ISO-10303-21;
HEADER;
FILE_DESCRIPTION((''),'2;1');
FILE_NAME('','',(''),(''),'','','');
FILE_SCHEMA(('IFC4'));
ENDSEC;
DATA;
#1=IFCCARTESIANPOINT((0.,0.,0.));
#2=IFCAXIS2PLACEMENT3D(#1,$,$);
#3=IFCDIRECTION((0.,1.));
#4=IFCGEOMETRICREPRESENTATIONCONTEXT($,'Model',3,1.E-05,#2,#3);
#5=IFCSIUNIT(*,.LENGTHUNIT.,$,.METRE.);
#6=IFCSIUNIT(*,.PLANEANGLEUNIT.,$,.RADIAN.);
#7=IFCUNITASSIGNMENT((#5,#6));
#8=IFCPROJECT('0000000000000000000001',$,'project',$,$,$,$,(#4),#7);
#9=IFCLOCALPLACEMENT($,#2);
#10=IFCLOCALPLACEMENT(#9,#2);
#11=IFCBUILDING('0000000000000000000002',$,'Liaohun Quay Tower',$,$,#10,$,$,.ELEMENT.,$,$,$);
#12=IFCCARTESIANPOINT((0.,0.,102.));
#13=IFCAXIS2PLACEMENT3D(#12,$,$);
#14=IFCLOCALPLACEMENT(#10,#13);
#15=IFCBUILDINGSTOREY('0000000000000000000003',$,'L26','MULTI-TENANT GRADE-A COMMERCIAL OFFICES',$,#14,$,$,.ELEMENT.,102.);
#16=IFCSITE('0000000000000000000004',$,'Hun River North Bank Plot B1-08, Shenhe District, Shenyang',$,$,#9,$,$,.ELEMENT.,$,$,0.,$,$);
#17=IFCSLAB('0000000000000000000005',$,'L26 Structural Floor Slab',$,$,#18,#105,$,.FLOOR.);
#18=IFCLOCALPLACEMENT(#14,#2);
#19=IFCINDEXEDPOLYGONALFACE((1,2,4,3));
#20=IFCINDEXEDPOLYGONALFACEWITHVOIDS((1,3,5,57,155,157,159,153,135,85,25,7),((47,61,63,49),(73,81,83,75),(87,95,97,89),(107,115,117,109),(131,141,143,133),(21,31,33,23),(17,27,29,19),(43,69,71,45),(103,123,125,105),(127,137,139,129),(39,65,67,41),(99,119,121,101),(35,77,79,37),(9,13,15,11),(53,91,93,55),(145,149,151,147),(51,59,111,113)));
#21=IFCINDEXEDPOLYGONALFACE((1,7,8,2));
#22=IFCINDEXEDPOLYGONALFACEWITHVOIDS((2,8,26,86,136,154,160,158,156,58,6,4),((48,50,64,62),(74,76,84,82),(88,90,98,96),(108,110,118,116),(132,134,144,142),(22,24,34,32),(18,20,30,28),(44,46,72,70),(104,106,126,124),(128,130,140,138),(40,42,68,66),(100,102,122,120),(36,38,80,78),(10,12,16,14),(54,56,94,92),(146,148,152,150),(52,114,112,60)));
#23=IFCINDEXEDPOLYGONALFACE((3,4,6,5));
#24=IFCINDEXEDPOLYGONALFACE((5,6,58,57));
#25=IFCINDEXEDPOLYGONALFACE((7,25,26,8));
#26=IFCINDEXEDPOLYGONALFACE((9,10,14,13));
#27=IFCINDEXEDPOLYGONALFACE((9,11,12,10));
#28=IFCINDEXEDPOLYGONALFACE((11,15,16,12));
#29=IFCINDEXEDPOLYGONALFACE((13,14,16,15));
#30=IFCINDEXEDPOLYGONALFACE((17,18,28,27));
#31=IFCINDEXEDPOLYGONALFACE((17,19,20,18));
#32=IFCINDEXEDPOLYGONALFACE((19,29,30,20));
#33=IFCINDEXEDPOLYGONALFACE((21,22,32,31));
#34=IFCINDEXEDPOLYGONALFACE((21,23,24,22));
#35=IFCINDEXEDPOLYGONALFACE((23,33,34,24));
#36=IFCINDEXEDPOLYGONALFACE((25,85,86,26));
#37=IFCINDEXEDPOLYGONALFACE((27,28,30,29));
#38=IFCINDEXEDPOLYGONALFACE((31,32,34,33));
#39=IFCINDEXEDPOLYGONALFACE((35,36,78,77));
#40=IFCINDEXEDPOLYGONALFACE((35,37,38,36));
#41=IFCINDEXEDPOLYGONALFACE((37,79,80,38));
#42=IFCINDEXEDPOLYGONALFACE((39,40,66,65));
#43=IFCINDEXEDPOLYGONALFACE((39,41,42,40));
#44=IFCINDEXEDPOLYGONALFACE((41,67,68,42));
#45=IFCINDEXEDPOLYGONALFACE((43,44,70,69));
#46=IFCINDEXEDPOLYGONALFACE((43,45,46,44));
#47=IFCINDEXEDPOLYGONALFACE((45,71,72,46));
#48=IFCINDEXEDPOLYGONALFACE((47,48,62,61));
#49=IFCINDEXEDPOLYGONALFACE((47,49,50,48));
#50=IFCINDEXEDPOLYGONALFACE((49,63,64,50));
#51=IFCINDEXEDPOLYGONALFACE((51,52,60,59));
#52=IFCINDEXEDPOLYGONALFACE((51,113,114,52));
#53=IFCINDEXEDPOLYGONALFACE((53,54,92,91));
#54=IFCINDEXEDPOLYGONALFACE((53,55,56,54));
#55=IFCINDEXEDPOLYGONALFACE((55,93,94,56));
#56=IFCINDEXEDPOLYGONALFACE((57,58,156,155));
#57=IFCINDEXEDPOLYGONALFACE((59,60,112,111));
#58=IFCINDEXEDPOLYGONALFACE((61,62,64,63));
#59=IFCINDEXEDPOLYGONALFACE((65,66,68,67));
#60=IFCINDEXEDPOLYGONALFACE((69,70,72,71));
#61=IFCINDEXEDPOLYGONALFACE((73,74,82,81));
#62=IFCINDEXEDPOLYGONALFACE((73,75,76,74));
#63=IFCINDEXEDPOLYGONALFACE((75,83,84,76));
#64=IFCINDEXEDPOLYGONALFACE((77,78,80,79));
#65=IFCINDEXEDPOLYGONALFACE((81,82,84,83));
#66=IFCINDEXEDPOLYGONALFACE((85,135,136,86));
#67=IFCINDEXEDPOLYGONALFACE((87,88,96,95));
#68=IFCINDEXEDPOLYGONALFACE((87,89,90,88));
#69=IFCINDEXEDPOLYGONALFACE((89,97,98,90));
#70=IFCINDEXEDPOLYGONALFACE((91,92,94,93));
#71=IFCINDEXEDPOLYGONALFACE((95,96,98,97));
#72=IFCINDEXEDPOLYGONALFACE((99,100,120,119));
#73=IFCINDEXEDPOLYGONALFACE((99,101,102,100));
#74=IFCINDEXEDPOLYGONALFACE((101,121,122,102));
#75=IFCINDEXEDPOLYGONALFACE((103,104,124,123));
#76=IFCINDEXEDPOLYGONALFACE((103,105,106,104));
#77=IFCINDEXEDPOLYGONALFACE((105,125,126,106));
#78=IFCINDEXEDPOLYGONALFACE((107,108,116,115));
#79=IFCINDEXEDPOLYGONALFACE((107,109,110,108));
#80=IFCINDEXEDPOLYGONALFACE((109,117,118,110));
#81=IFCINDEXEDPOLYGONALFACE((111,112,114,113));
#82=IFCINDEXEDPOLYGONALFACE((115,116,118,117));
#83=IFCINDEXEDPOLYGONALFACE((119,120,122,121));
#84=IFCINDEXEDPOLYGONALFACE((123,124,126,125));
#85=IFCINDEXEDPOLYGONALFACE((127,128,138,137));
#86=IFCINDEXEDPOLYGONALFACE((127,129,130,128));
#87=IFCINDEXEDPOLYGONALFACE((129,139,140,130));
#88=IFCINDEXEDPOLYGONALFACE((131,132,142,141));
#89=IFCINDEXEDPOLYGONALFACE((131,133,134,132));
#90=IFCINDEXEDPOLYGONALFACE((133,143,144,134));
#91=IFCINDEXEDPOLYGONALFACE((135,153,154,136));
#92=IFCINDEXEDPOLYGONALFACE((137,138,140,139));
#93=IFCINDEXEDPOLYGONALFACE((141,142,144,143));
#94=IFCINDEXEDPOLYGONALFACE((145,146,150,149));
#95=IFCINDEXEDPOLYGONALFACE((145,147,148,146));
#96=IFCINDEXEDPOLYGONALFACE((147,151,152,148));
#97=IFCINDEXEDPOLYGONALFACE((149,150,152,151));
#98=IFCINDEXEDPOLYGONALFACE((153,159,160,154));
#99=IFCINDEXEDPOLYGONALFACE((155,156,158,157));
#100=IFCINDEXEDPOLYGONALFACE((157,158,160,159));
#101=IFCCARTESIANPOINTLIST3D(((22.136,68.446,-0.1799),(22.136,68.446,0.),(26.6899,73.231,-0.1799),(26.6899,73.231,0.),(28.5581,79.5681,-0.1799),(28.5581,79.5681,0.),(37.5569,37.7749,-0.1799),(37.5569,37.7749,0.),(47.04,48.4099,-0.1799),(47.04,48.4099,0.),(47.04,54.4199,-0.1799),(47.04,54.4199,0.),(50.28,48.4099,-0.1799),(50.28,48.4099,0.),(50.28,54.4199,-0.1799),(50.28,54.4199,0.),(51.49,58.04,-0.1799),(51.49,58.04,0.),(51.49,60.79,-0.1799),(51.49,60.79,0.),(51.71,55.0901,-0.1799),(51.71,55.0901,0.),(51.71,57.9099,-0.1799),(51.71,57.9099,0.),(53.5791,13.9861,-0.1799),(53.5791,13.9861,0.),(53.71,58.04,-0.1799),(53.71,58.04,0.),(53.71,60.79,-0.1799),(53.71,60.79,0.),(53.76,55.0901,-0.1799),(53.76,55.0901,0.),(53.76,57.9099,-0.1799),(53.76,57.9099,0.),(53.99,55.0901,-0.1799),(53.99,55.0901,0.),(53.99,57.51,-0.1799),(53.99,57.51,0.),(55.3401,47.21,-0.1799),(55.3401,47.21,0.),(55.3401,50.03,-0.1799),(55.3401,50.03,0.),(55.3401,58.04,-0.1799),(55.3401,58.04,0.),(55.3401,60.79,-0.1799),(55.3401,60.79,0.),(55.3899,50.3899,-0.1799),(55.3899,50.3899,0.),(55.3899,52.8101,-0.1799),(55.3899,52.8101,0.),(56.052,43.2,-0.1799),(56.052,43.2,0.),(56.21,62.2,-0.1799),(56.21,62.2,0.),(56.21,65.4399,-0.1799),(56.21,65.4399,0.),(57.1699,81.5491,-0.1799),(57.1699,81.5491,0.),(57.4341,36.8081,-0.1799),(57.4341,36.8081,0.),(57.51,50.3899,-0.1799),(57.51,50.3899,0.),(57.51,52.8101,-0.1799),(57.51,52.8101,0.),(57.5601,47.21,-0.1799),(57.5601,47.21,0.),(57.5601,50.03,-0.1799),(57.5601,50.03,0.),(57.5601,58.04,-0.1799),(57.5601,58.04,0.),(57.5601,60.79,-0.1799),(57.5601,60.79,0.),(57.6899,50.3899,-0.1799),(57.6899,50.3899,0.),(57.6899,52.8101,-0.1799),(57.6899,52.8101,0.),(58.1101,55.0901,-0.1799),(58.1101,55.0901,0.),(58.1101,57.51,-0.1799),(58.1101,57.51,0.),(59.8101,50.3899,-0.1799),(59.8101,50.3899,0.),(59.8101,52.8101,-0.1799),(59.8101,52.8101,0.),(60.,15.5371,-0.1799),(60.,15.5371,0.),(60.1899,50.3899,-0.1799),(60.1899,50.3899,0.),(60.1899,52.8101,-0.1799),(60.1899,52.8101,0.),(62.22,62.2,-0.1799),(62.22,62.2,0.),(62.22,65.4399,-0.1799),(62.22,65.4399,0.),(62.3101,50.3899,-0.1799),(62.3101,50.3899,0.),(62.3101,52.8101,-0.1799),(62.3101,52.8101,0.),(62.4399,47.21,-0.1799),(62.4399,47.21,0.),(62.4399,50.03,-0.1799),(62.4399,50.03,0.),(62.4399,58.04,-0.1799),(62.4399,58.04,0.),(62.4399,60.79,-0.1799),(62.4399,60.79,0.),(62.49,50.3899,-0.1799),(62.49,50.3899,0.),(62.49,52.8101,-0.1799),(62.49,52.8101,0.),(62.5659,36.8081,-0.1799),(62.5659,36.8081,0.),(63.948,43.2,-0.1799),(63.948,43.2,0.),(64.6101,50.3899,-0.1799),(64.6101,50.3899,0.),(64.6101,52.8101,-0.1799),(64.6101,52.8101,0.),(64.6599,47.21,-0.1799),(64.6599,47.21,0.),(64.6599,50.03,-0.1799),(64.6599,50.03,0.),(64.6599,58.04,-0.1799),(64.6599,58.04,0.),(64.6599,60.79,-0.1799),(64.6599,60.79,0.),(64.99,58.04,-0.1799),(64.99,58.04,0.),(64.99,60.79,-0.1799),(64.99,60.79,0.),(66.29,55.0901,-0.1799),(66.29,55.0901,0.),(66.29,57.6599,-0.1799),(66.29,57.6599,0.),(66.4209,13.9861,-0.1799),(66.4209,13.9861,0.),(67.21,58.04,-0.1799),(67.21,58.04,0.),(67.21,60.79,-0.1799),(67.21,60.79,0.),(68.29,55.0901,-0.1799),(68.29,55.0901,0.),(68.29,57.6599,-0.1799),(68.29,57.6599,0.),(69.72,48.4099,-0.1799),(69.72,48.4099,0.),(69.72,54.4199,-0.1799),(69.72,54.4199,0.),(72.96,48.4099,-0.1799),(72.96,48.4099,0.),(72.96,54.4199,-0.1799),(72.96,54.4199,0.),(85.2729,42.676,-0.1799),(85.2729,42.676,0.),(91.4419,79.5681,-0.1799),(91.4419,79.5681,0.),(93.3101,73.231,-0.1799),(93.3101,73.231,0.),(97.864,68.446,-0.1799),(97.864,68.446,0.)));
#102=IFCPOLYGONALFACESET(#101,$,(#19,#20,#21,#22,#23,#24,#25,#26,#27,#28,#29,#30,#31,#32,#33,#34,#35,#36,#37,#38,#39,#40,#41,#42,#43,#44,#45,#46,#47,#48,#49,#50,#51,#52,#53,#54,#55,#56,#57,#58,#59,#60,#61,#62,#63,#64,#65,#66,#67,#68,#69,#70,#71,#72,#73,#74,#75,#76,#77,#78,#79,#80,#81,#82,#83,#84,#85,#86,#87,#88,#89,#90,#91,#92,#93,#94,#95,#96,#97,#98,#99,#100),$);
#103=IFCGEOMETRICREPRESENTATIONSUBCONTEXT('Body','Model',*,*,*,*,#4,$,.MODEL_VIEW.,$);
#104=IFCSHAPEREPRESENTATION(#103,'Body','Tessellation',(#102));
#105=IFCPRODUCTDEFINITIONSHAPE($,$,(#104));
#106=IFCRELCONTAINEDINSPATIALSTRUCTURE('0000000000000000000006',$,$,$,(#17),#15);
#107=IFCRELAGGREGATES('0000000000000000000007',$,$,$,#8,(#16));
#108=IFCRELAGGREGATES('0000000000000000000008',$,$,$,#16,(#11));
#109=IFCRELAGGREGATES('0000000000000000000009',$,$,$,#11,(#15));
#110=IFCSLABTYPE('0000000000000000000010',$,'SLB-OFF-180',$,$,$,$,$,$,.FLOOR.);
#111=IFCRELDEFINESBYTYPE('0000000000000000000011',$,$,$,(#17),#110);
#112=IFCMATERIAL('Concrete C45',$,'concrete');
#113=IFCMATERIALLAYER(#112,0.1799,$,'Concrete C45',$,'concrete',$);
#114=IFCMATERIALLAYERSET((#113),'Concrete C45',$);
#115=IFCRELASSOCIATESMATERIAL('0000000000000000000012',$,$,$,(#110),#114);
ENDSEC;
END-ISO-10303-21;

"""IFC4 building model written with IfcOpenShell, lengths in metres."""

from ifc_helpers import new_model, si_unit, direction, frame, origin, place, context, subcontext, project, spatial, polyline, outline, extrude, material, layer, layer_set, type_object, element, save


model = new_model("IFC4")

# Units and contexts
model_context = context("Model", 3, precision=1e-05, world=origin(), true_north=direction((0.0, 1.0)))
body_context = subcontext(model_context, "Body", "Model", "MODEL_VIEW")
ifc_project = project(units=[si_unit("LENGTHUNIT", "METRE"), si_unit("PLANEANGLEUNIT", "RADIAN")], contexts=[model_context])

# Site, building, storey
site_placement = place(None, origin())
site = spatial("IfcSite", under=ifc_project, at=site_placement, Name="Hun River North Bank Plot B1-08, Shenhe District, Shenyang", CompositionType="ELEMENT", RefElevation=0.0)
building_placement = place(site_placement, origin())
building = spatial("IfcBuilding", under=site, at=building_placement, Name="Liaohun Quay Tower", CompositionType="ELEMENT")
storey_placement = place(building_placement, frame((0.0, 0.0, 102.0)))
storey = spatial("IfcBuildingStorey", under=building, at=storey_placement, Name="L26", Description="MULTI-TENANT GRADE-A COMMERCIAL OFFICES", CompositionType="ELEMENT", Elevation=102.0)

# Shared definitions
ifc_material_1 = material(Name="Concrete C45", Category="concrete")

# Slab
ifc_layer_1 = layer(ifc_material_1, 0.1799, Name="Concrete C45", Category="concrete")
ifc_layer_set_1 = layer_set([ifc_layer_1], Name="Concrete C45")
slab_type_1 = type_object("IfcSlabType", Name="SLB-OFF-180", PredefinedType="FLOOR", material=ifc_layer_set_1)
slab_1_placement = place(storey_placement, frame((0.0, 0.0, -0.1799)))
element("IfcSlab", 1, at=slab_1_placement, inside=storey, type_object=slab_type_1, Name="L26 Structural Floor Slab", PredefinedType="FLOOR", context=body_context, shape_type="SweptSolid", body=[
    extrude(outline(polyline([(53.5791, 13.9861), (60.0, 15.5371), (66.4209, 13.9861), (85.2729, 42.676), (97.864, 68.446), (93.3101, 73.231), (91.4419, 79.5681), (57.1699, 81.5491), (28.5581, 79.5681), (26.6899, 73.231), (22.136, 68.446), (37.5569, 37.7749), (53.5791, 13.9861)]), holes=[polyline([(57.5601, 47.21), (57.5601, 50.03), (55.3401, 50.03), (55.3401, 47.21), (57.5601, 47.21)]), polyline([(50.28, 54.4199), (47.04, 54.4199), (47.04, 48.4099), (50.28, 48.4099), (50.28, 54.4199)]), polyline([(57.51, 50.3899), (57.51, 52.8101), (55.3899, 52.8101), (55.3899, 50.3899), (57.51, 50.3899)]), polyline([(59.8101, 50.3899), (59.8101, 52.8101), (57.6899, 52.8101), (57.6899, 50.3899), (59.8101, 50.3899)]), polyline([(58.1101, 57.51), (53.99, 57.51), (53.99, 55.0901), (58.1101, 55.0901), (58.1101, 57.51)]), polyline([(53.76, 55.0901), (53.76, 57.9099), (51.71, 57.9099), (51.71, 55.0901), (53.76, 55.0901)]), polyline([(51.49, 58.04), (53.71, 58.04), (53.71, 60.79), (51.49, 60.79), (51.49, 58.04)]), polyline([(55.3401, 58.04), (57.5601, 58.04), (57.5601, 60.79), (55.3401, 60.79), (55.3401, 58.04)]), polyline([(62.5659, 36.8081), (63.948, 43.2), (56.052, 43.2), (57.4341, 36.8081), (62.5659, 36.8081)]), polyline([(64.6599, 47.21), (64.6599, 50.03), (62.4399, 50.03), (62.4399, 47.21), (64.6599, 47.21)]), polyline([(72.96, 54.4199), (69.72, 54.4199), (69.72, 48.4099), (72.96, 48.4099), (72.96, 54.4199)]), polyline([(62.3101, 50.3899), (62.3101, 52.8101), (60.1899, 52.8101), (60.1899, 50.3899), (62.3101, 50.3899)]), polyline([(64.6101, 50.3899), (64.6101, 52.8101), (62.49, 52.8101), (62.49, 50.3899), (64.6101, 50.3899)]), polyline([(68.29, 55.0901), (68.29, 57.6599), (66.29, 57.6599), (66.29, 55.0901), (68.29, 55.0901)]), polyline([(64.6599, 58.04), (64.6599, 60.79), (62.4399, 60.79), (62.4399, 58.04), (64.6599, 58.04)]), polyline([(64.99, 58.04), (67.21, 58.04), (67.21, 60.79), (64.99, 60.79), (64.99, 58.04)]), polyline([(56.21, 62.2), (62.22, 62.2), (62.22, 65.4399), (56.21, 65.4399), (56.21, 62.2)])]), origin(), (0.0, 0.0, 1.0), 0.1799),
])

save(model, "model.ifc")
